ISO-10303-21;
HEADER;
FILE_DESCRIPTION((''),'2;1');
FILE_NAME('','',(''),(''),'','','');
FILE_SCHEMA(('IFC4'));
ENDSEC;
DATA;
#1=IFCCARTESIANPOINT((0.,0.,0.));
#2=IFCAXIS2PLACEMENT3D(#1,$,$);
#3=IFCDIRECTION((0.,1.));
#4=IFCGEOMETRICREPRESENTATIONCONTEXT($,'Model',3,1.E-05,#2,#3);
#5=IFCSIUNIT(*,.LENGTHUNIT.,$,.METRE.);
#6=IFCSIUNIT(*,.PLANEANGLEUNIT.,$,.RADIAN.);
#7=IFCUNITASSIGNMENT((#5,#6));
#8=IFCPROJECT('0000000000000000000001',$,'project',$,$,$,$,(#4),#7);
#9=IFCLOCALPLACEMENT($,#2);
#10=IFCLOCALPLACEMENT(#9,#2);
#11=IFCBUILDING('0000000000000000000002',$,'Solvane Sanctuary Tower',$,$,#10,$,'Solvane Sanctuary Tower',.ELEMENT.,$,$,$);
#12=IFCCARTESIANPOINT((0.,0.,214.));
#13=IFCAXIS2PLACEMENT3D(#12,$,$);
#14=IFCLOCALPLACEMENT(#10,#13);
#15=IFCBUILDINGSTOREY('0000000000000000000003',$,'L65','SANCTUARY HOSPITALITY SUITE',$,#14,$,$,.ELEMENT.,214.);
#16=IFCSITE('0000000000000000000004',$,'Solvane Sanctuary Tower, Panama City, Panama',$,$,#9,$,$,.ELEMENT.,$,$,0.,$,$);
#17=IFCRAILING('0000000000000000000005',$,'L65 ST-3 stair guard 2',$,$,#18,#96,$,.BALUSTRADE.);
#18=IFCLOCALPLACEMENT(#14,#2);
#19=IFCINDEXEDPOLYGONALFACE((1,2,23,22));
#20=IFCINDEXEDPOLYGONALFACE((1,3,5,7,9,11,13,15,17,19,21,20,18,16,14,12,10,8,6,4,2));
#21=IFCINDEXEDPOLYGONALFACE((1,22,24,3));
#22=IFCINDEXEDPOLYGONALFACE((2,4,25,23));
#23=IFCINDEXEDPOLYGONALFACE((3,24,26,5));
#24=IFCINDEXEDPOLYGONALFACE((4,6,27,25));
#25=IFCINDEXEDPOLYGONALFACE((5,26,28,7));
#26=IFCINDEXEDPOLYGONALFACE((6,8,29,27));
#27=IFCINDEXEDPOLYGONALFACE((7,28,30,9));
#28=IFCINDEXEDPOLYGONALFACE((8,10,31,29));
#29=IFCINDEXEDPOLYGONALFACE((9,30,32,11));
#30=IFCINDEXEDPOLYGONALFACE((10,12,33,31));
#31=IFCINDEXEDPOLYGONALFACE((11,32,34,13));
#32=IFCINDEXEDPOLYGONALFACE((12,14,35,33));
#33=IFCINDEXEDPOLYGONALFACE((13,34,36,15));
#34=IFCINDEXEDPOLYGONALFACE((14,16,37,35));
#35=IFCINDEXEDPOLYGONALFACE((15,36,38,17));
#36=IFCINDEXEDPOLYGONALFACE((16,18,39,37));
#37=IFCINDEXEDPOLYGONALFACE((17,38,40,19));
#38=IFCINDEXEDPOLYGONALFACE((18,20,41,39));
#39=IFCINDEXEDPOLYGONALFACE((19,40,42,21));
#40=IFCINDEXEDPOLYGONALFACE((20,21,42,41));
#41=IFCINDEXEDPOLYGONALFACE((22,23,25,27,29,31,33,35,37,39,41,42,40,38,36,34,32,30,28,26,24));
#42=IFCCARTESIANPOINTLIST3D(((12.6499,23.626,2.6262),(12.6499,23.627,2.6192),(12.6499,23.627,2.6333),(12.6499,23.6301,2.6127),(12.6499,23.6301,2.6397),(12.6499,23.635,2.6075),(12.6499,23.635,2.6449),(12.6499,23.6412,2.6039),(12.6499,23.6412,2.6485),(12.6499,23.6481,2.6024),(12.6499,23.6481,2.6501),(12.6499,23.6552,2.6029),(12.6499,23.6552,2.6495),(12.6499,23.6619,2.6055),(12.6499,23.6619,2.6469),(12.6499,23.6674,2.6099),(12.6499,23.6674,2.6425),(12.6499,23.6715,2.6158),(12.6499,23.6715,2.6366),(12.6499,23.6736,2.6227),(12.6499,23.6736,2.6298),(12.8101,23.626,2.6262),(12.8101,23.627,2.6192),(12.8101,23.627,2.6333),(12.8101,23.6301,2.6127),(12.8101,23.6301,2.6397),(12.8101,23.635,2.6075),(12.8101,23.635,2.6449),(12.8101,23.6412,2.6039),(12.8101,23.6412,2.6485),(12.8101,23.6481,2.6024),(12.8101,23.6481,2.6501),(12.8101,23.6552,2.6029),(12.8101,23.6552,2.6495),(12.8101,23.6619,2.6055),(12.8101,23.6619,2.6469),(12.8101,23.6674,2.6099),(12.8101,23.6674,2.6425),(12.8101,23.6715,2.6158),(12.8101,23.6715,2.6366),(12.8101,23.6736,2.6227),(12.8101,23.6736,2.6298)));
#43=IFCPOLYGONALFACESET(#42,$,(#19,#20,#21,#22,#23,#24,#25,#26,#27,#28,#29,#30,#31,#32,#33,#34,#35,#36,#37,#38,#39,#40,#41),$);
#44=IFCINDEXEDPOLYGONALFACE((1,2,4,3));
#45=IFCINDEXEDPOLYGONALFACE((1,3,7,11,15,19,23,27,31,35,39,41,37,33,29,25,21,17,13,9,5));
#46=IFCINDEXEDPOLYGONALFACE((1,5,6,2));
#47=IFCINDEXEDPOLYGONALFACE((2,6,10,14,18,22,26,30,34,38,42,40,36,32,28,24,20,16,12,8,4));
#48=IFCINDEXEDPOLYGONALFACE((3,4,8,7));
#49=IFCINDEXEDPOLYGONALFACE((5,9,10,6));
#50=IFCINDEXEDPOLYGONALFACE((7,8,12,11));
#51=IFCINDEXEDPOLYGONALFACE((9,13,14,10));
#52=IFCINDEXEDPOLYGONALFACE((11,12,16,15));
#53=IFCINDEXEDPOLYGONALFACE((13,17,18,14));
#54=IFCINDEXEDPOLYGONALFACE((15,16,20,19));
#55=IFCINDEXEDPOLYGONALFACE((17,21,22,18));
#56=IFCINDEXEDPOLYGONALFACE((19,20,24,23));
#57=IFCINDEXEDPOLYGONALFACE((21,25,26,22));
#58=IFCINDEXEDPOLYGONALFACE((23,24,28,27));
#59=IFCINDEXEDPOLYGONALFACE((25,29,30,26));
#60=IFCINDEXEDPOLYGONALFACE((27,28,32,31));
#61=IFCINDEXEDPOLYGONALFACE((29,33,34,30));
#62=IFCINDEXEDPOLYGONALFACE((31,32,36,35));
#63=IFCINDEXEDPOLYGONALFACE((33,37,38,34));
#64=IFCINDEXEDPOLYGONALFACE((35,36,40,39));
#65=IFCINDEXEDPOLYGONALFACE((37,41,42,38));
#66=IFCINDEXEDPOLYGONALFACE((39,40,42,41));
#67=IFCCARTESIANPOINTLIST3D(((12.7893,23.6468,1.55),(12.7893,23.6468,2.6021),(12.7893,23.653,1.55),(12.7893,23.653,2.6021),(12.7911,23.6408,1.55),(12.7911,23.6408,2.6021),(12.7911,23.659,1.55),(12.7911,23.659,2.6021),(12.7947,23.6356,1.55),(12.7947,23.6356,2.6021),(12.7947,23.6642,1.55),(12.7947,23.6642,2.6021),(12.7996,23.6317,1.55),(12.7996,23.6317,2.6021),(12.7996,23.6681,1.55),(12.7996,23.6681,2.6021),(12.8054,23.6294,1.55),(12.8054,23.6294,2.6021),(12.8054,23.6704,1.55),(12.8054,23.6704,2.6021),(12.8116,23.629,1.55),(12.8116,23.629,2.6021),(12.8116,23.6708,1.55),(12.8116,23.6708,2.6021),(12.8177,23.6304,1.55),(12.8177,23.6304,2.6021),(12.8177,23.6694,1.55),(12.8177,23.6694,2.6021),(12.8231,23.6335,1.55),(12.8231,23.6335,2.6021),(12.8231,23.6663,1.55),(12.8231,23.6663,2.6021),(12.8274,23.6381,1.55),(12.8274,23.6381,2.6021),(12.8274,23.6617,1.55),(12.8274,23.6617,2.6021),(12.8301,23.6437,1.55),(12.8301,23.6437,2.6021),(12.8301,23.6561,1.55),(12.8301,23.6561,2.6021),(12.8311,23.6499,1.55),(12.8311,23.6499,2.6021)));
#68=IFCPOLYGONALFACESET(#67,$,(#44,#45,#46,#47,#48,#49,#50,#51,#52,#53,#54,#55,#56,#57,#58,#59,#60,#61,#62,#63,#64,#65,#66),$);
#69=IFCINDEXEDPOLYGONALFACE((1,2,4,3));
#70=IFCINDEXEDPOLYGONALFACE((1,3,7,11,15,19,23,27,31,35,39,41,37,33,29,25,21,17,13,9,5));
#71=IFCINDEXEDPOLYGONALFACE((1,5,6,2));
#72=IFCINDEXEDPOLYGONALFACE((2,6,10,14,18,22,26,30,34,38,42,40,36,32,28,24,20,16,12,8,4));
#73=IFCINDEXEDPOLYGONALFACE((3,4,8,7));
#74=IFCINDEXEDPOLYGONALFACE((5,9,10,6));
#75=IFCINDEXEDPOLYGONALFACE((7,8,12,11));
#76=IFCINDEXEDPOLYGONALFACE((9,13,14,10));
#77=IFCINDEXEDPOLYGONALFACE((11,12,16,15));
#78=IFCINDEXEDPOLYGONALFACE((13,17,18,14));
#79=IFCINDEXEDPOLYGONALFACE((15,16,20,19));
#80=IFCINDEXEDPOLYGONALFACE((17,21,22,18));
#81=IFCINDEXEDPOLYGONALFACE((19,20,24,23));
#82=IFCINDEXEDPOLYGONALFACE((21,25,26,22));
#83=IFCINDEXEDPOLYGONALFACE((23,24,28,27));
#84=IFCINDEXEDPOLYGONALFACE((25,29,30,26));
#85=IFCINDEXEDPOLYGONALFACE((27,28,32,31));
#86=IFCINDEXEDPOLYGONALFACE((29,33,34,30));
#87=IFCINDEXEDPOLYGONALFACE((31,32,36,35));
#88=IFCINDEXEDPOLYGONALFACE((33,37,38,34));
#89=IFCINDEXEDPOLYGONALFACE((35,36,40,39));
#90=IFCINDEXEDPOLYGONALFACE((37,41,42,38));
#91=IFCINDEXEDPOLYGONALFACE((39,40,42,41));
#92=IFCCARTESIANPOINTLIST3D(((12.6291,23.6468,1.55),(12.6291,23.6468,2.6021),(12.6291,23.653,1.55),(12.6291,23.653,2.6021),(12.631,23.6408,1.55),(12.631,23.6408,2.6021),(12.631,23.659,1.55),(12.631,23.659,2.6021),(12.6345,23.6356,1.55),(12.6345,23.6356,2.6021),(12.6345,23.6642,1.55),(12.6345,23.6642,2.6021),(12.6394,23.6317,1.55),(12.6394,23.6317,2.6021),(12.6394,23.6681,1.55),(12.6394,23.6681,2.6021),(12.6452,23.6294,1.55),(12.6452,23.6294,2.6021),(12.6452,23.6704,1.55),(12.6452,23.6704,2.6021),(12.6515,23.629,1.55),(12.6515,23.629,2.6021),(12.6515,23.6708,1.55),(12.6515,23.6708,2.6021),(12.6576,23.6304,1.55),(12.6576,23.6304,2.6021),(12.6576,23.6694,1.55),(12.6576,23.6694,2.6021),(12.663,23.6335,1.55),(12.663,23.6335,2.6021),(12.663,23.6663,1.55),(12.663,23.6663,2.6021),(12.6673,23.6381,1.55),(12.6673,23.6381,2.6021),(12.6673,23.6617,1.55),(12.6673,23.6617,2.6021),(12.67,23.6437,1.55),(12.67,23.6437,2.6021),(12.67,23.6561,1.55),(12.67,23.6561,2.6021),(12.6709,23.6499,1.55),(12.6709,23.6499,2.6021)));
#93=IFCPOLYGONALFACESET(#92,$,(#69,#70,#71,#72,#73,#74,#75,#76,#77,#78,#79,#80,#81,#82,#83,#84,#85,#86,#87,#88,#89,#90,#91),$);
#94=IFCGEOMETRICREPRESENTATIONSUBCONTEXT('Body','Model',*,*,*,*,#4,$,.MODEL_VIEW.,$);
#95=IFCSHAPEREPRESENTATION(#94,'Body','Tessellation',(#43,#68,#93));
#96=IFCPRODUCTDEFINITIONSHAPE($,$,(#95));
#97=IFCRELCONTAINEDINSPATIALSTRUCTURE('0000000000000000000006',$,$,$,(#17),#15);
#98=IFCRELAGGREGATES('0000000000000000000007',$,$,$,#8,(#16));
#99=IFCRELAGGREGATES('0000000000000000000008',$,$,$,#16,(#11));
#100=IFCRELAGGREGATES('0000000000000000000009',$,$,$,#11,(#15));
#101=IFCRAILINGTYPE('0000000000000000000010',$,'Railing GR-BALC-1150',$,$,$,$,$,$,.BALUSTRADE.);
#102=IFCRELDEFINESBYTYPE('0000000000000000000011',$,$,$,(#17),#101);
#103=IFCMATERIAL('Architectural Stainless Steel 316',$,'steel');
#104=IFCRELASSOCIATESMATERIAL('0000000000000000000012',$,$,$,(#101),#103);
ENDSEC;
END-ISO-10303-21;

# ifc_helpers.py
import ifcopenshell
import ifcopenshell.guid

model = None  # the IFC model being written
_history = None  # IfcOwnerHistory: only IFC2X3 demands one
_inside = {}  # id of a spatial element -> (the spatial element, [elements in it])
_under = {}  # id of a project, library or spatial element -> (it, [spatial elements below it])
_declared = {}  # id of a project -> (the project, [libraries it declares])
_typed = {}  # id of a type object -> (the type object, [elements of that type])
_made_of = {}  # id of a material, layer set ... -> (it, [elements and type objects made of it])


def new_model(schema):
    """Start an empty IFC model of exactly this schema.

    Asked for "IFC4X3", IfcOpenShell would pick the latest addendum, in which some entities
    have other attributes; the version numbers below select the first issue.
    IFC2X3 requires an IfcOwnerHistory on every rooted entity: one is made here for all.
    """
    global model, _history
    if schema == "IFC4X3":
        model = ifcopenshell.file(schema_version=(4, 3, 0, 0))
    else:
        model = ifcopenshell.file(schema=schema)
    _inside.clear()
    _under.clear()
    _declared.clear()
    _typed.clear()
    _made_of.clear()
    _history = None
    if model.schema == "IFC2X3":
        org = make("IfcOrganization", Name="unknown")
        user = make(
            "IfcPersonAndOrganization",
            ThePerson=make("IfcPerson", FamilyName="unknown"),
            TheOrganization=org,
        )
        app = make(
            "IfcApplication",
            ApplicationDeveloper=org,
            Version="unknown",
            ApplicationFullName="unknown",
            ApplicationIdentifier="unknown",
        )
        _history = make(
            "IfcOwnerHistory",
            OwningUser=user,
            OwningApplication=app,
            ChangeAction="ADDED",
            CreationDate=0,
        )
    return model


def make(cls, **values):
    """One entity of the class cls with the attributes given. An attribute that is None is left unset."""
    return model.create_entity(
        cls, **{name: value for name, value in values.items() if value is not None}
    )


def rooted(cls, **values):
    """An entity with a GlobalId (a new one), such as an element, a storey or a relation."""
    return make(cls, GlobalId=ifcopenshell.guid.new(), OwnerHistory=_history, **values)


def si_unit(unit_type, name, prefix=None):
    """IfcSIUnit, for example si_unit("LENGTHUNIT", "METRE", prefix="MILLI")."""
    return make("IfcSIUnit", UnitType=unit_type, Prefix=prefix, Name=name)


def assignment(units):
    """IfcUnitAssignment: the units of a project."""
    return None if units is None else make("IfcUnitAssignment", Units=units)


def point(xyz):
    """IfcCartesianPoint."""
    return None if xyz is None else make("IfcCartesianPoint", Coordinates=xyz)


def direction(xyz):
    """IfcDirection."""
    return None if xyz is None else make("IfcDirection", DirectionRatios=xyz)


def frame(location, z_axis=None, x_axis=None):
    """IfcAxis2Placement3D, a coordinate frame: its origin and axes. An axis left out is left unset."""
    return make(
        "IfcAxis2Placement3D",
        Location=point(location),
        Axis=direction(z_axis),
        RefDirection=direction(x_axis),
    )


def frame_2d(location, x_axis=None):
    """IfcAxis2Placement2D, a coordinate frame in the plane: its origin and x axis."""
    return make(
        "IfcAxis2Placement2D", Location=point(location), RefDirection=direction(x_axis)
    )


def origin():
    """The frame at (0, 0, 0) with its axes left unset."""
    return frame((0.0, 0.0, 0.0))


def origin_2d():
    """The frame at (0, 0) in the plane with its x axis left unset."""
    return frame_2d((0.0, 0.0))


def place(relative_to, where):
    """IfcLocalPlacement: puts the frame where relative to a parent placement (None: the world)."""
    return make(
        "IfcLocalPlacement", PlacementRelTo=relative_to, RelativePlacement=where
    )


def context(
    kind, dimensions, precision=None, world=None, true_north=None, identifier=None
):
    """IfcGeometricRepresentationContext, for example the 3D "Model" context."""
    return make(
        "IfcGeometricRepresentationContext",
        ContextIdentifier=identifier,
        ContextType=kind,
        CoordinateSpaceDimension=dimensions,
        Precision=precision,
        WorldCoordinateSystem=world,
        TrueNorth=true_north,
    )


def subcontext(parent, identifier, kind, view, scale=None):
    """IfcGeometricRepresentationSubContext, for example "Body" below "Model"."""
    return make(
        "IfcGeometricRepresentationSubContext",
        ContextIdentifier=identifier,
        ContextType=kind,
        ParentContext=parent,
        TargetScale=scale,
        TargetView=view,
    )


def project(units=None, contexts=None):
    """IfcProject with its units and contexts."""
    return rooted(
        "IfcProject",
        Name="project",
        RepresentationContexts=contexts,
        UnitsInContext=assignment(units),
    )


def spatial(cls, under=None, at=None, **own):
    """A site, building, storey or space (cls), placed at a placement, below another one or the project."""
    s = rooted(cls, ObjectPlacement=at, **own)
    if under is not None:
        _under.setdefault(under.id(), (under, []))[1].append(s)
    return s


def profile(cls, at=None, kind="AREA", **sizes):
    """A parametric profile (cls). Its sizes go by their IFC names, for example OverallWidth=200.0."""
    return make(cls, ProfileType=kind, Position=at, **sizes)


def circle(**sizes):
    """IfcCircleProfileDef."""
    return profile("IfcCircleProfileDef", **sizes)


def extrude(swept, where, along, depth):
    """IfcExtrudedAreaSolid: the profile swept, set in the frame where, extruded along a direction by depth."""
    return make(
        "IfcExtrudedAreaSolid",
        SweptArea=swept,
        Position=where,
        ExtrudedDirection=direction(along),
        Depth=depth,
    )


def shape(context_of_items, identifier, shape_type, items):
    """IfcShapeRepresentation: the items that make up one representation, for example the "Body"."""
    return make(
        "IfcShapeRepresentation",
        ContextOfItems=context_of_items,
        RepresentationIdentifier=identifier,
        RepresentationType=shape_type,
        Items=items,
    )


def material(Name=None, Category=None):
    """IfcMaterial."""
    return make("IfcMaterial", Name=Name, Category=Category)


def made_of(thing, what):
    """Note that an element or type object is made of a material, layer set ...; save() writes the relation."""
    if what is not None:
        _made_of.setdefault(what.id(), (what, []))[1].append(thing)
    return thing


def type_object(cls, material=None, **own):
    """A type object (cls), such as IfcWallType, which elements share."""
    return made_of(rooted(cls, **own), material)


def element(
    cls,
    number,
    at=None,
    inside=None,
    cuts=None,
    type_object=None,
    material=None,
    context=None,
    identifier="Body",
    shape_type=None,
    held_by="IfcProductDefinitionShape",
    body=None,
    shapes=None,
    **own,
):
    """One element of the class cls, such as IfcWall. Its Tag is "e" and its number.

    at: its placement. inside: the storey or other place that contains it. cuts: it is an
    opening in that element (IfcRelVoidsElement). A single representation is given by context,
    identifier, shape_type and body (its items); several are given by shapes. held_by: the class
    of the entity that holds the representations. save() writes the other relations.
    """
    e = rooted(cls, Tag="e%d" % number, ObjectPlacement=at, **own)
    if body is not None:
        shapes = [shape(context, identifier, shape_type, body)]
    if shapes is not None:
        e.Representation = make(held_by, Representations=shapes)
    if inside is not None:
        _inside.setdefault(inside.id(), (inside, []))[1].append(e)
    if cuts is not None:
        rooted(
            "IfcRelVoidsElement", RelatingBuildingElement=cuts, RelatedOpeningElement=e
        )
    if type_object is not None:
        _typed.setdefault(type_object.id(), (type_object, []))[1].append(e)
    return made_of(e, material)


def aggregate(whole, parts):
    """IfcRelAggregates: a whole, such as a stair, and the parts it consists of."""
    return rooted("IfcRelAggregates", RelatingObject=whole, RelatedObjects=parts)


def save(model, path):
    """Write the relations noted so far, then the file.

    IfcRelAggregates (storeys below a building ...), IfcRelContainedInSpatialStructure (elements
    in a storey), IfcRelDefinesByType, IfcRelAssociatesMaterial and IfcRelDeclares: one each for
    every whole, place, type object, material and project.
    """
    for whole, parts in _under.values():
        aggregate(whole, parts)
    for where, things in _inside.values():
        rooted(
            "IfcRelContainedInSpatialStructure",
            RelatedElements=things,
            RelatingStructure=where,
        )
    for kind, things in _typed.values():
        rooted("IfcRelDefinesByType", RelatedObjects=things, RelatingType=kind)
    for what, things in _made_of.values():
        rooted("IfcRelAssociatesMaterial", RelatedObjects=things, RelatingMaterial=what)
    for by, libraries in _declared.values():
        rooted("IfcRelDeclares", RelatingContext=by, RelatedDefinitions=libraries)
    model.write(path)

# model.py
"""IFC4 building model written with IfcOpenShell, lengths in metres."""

from ifc_helpers import new_model, si_unit, direction, frame, origin, origin_2d, place, context, subcontext, project, spatial, circle, extrude, material, type_object, element, save


model = new_model("IFC4")

# Units and contexts
model_context = context("Model", 3, precision=1e-05, world=origin(), true_north=direction((0.0, 1.0)))
body_context = subcontext(model_context, "Body", "Model", "MODEL_VIEW")
ifc_project = project(units=[si_unit("LENGTHUNIT", "METRE"), si_unit("PLANEANGLEUNIT", "RADIAN")], contexts=[model_context])

# Site, building, storey
site_placement = place(None, origin())
site = spatial("IfcSite", under=ifc_project, at=site_placement, Name="Solvane Sanctuary Tower, Panama City, Panama", CompositionType="ELEMENT", RefElevation=0.0)
building_placement = place(site_placement, origin())
building = spatial("IfcBuilding", under=site, at=building_placement, Name="Solvane Sanctuary Tower", LongName="Solvane Sanctuary Tower", CompositionType="ELEMENT")
storey_placement = place(building_placement, frame((0.0, 0.0, 214.0)))
storey = spatial("IfcBuildingStorey", under=building, at=storey_placement, Name="L65", Description="SANCTUARY HOSPITALITY SUITE", CompositionType="ELEMENT", Elevation=214.0)

# Shared definitions
ifc_material_1 = material(Name="Architectural Stainless Steel 316", Category="steel")

# Railing
railing_type_1 = type_object("IfcRailingType", Name="Railing GR-BALC-1150", PredefinedType="BALUSTRADE", material=ifc_material_1)
railing_1_placement = place(storey_placement, frame((12.8101, 23.6499, 1.55)))
element("IfcRailing", 1, at=railing_1_placement, inside=storey, type_object=railing_type_1, Name="L65 ST-3 stair guard 2", PredefinedType="BALUSTRADE", context=body_context, shape_type="SweptSolid", body=[
    extrude(circle(Radius=0.0239, at=origin_2d()), frame((0.0, 0.0, 1.0762), z_axis=(-1.0, 0.0, 0.0), x_axis=(0.0, -1.0, 0.0)), (0.0, 0.0, 1.0), 0.1602),
    extrude(circle(Radius=0.021, at=origin_2d()), origin(), (0.0, 0.0, 1.0), 1.052),
    extrude(circle(Radius=0.021, at=origin_2d()), frame((-0.1602, 0.0, 0.0)), (0.0, 0.0, 1.0), 1.052),
])

save(model, "model.ifc")
